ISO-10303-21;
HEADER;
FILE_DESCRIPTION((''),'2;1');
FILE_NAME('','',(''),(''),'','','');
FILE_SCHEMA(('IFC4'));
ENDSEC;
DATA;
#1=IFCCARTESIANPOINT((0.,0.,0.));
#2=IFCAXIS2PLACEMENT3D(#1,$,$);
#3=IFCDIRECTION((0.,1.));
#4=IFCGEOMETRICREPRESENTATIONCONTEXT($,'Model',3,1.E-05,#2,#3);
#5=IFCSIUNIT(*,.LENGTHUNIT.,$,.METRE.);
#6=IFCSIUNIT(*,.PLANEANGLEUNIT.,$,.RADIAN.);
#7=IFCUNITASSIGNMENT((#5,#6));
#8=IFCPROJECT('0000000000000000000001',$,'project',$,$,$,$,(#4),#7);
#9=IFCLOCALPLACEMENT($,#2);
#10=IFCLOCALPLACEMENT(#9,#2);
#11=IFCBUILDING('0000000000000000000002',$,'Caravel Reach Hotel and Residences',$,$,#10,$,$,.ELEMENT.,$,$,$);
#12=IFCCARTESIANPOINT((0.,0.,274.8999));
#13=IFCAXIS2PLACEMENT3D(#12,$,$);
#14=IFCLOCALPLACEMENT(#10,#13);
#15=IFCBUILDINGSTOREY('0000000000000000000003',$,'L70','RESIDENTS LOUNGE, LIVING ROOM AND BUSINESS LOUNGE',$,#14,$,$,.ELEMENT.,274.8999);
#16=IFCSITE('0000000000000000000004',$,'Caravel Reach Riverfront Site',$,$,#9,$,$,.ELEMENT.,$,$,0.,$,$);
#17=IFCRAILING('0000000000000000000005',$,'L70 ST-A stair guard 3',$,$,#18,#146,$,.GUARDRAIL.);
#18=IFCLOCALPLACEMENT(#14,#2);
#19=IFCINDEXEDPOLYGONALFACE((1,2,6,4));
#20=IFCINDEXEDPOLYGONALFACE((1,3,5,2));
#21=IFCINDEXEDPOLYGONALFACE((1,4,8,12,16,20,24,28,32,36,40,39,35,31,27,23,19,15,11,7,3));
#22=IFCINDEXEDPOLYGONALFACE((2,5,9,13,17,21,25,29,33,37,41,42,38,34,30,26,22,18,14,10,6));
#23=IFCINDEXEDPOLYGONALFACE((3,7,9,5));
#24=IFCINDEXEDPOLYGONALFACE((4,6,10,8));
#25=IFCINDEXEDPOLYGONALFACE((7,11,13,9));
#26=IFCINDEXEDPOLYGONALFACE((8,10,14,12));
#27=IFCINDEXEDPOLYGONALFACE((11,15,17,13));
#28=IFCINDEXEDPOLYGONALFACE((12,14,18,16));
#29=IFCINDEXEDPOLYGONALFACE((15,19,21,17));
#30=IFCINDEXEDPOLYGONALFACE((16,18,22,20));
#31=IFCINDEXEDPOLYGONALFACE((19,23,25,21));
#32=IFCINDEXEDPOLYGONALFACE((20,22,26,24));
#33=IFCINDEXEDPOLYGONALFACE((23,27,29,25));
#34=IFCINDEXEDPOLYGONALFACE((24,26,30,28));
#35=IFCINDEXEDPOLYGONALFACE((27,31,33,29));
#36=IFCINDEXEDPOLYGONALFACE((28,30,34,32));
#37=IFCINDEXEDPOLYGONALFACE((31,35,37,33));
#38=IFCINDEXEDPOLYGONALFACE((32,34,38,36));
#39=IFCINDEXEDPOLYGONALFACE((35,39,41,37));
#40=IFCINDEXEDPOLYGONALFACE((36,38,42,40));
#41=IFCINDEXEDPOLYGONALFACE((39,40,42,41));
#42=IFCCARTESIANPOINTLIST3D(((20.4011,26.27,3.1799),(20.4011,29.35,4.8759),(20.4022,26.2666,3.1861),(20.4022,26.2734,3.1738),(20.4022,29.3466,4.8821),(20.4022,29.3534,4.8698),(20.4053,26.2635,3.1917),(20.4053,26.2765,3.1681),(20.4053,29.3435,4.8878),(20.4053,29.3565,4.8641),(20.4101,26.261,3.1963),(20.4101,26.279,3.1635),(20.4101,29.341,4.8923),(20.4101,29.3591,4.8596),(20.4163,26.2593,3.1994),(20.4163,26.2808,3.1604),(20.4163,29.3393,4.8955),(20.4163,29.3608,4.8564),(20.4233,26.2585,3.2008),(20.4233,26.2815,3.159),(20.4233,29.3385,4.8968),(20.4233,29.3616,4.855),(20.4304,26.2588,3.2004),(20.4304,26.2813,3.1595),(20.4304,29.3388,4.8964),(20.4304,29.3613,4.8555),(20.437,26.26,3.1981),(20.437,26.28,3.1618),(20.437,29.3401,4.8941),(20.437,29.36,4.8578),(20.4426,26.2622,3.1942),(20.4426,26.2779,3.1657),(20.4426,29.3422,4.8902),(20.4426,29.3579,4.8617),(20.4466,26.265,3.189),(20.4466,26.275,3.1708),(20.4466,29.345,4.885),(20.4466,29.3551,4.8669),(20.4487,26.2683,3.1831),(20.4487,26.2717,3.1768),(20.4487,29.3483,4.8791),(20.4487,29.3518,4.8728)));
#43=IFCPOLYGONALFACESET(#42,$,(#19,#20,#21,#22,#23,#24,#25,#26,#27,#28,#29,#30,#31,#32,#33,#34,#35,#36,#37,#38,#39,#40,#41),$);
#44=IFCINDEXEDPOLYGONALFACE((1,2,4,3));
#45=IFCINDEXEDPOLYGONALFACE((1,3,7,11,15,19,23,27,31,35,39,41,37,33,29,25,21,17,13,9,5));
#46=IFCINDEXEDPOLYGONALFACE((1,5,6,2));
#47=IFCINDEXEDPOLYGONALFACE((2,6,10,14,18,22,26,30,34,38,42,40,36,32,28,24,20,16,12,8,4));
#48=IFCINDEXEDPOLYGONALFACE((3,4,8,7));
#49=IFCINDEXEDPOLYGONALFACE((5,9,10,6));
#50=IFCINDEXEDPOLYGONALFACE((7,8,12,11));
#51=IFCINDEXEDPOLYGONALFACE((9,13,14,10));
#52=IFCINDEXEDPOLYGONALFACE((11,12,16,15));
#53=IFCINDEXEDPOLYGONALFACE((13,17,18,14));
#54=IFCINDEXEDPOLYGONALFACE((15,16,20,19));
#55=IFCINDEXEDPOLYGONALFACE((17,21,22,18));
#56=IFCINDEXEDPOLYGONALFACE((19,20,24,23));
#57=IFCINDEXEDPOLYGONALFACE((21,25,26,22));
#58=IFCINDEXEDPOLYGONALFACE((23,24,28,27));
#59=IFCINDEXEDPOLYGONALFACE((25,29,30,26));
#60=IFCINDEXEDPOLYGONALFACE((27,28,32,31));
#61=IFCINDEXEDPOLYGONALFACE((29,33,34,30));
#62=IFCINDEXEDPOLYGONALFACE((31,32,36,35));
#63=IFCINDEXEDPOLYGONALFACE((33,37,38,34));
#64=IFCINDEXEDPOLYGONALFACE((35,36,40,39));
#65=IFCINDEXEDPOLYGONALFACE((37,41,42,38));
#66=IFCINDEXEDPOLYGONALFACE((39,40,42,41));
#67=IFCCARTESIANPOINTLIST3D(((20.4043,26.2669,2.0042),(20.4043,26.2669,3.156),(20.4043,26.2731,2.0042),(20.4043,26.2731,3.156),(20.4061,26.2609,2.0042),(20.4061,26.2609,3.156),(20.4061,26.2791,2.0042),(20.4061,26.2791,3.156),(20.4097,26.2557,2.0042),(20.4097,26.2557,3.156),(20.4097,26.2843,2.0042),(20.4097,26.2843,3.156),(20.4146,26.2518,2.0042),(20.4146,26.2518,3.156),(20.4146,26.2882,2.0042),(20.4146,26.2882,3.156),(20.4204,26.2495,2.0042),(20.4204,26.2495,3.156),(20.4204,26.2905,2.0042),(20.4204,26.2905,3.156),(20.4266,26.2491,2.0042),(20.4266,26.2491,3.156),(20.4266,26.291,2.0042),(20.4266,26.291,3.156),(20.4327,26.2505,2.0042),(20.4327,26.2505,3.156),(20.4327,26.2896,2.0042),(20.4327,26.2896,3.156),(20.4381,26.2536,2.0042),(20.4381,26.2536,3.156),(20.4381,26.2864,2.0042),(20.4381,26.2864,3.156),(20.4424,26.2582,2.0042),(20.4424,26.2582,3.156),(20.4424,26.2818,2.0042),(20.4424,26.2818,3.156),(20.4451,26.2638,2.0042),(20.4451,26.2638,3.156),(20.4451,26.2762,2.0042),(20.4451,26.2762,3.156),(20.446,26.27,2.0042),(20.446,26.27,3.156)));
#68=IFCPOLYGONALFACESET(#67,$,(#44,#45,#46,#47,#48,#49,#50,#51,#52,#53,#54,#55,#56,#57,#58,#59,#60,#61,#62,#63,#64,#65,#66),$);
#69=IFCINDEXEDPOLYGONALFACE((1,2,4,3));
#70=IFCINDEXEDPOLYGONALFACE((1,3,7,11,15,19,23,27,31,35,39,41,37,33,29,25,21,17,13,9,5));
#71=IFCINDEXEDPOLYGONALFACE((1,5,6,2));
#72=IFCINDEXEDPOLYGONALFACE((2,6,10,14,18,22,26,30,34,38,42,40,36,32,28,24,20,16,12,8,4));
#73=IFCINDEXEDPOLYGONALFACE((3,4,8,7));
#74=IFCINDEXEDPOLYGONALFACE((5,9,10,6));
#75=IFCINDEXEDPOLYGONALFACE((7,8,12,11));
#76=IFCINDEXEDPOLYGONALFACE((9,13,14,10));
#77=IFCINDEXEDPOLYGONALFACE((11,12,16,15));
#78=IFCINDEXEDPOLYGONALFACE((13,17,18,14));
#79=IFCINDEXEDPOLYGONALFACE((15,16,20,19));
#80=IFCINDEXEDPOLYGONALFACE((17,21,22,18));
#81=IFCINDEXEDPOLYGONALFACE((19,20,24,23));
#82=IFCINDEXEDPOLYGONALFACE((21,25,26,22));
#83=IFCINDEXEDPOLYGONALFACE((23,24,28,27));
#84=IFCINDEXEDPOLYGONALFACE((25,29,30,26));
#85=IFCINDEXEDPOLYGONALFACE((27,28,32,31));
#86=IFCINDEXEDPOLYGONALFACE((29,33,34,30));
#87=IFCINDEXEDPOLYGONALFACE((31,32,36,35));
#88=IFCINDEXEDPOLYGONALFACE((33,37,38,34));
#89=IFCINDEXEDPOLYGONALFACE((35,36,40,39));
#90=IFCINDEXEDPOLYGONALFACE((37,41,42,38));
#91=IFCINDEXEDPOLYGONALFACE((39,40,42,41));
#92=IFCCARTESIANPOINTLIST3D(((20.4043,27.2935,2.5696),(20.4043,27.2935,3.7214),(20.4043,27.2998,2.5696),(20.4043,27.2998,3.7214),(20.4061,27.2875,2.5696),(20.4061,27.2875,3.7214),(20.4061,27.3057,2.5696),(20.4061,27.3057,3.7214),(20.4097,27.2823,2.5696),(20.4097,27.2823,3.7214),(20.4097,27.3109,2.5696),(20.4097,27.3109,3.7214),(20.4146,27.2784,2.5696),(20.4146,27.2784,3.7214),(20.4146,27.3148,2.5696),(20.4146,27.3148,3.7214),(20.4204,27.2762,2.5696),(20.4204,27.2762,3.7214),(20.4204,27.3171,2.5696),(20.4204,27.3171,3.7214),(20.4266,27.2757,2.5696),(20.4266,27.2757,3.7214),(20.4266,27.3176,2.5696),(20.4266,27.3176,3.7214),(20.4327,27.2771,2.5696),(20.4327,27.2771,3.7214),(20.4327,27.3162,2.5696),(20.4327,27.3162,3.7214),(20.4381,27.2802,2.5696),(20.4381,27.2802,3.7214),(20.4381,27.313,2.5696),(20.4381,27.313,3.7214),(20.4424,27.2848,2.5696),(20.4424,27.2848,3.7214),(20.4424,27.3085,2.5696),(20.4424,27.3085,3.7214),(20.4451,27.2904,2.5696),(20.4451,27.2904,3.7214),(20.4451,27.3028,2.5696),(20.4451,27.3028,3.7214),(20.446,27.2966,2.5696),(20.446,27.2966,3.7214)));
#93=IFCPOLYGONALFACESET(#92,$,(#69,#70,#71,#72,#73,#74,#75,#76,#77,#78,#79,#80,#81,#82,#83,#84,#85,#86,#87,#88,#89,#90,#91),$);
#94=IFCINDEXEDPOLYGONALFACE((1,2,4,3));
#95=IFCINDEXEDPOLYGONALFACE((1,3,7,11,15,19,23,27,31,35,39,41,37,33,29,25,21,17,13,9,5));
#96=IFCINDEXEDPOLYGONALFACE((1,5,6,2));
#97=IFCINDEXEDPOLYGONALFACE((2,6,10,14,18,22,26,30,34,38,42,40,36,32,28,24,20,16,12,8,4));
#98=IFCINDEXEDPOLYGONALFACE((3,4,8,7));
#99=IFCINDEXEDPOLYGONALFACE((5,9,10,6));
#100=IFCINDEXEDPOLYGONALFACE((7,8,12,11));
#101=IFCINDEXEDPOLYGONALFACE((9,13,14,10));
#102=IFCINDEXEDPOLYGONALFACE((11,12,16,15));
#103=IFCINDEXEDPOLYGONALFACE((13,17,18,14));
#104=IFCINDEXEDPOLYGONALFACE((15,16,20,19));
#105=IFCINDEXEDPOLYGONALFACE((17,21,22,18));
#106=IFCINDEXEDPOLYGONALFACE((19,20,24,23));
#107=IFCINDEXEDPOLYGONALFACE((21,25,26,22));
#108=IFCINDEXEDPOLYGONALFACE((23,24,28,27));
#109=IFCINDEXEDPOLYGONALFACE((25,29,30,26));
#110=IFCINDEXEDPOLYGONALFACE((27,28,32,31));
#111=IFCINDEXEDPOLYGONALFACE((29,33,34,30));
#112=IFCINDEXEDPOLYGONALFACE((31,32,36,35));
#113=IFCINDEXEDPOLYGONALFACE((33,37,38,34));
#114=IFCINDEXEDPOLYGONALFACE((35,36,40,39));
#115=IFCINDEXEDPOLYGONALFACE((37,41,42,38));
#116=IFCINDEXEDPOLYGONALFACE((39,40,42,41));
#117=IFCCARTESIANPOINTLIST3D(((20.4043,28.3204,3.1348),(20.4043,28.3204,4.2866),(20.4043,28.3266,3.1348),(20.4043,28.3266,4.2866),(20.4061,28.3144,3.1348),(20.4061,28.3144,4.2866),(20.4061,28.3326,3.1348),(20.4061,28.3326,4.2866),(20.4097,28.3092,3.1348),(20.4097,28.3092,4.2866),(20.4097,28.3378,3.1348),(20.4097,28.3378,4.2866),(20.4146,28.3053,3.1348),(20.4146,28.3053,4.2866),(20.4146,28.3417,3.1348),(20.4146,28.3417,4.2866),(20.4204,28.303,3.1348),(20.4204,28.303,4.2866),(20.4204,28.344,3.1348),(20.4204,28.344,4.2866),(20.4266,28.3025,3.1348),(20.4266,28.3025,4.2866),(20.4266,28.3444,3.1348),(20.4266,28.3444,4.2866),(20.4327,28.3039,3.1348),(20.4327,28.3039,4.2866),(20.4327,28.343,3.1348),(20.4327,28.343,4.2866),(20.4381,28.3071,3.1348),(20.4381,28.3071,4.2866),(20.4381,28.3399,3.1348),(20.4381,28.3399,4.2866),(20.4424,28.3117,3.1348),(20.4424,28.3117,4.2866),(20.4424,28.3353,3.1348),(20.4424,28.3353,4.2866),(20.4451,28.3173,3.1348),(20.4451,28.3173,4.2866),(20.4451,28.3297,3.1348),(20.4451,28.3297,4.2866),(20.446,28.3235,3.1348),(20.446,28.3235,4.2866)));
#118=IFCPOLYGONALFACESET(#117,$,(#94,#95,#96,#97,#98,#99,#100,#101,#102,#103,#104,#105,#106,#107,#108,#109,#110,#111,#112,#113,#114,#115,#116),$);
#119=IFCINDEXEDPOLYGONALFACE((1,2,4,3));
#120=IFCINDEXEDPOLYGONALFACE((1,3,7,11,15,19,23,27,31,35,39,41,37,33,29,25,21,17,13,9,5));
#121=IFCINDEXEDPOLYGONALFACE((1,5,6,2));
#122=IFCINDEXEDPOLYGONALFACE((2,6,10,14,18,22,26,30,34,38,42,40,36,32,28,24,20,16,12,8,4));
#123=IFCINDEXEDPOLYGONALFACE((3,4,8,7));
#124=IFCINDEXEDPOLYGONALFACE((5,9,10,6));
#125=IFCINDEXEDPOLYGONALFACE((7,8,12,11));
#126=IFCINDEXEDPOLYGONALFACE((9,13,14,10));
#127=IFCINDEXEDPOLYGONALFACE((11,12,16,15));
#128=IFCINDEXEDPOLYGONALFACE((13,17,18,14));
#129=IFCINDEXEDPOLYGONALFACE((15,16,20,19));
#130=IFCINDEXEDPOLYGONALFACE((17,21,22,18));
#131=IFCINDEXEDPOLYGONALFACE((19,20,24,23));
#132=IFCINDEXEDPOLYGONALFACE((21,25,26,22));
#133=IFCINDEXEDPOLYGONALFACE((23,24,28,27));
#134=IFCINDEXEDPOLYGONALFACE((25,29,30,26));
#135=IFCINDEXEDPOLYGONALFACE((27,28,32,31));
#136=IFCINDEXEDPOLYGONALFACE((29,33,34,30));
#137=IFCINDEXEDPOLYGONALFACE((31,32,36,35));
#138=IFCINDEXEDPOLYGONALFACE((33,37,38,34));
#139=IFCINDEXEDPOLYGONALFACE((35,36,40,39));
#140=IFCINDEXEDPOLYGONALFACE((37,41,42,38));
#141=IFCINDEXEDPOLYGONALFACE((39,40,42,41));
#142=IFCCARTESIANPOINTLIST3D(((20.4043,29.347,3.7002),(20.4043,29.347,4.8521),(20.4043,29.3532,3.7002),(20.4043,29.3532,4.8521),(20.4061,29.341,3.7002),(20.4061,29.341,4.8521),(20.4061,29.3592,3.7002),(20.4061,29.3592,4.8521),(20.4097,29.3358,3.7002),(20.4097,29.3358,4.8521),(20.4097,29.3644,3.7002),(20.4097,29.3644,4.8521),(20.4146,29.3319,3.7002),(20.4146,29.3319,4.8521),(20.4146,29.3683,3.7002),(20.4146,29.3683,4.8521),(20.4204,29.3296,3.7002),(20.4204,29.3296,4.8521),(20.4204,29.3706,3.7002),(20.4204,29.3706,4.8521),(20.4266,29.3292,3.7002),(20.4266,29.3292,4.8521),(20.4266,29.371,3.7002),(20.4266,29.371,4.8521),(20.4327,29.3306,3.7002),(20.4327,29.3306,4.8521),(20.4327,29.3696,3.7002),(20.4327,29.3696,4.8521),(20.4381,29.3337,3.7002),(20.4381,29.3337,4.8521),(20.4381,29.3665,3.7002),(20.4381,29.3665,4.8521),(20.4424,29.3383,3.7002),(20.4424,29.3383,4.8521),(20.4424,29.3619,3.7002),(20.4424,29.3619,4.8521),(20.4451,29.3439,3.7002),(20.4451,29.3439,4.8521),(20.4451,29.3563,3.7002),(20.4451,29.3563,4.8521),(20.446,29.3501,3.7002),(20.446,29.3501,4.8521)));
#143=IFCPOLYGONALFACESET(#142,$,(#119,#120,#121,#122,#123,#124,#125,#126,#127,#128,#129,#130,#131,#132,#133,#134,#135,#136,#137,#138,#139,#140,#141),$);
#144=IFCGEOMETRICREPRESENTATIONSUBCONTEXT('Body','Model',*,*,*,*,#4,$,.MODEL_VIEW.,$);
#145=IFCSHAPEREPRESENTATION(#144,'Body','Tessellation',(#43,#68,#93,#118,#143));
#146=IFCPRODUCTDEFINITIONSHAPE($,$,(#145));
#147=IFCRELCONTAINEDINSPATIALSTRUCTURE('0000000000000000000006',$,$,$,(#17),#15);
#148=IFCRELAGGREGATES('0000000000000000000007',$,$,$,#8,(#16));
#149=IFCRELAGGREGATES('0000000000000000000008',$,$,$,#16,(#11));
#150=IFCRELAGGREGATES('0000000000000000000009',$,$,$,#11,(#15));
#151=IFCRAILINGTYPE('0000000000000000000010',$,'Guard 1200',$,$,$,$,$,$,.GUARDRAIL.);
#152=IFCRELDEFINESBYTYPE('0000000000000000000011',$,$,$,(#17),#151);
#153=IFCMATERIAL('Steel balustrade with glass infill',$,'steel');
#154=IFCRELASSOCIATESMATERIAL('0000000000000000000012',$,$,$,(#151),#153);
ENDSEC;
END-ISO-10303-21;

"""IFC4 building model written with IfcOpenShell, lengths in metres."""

from ifc_helpers import new_model, si_unit, direction, frame, origin, origin_2d, place, context, subcontext, project, spatial, circle, extrude, material, type_object, element, save


model = new_model("IFC4")

# Units and contexts
model_context = context("Model", 3, precision=1e-05, world=origin(), true_north=direction((0.0, 1.0)))
body_context = subcontext(model_context, "Body", "Model", "MODEL_VIEW")
ifc_project = project(units=[si_unit("LENGTHUNIT", "METRE"), si_unit("PLANEANGLEUNIT", "RADIAN")], contexts=[model_context])

# Site, building, storey
site_placement = place(None, origin())
site = spatial("IfcSite", under=ifc_project, at=site_placement, Name="Caravel Reach Riverfront Site", CompositionType="ELEMENT", RefElevation=0.0)
building_placement = place(site_placement, origin())
building = spatial("IfcBuilding", under=site, at=building_placement, Name="Caravel Reach Hotel and Residences", CompositionType="ELEMENT")
storey_placement = place(building_placement, frame((0.0, 0.0, 274.8999)))
storey = spatial("IfcBuildingStorey", under=building, at=storey_placement, Name="L70", Description="RESIDENTS LOUNGE, LIVING ROOM AND BUSINESS LOUNGE", CompositionType="ELEMENT", Elevation=274.8999)

# Railing
ifc_material_1 = material(Name="Steel balustrade with glass infill", Category="steel")
railing_type_1 = type_object("IfcRailingType", Name="Guard 1200", PredefinedType="GUARDRAIL", material=ifc_material_1)
railing_1_placement = place(storey_placement, frame((20.425, 26.27, 2.0042)))
element("IfcRailing", 1, at=railing_1_placement, inside=storey, type_object=railing_type_1, Name="L70 ST-A stair guard 3", PredefinedType="GUARDRAIL", context=body_context, shape_type="SweptSolid", body=[
    extrude(circle(Radius=0.0239, at=origin_2d()), frame((0.0, 0.0, 1.1758), z_axis=(0.0, 0.875975, 0.482356), x_axis=(-1.0, 0.0, 0.0)), (0.0, 0.0, 1.0), 3.5161),
    extrude(circle(Radius=0.021, at=origin_2d()), origin(), (0.0, 0.0, 1.0), 1.1519),
    extrude(circle(Radius=0.021, at=origin_2d()), frame((0.0, 1.0266, 0.5654)), (0.0, 0.0, 1.0), 1.1519),
    extrude(circle(Radius=0.021, at=origin_2d()), frame((0.0, 2.0535, 1.1306)), (0.0, 0.0, 1.0), 1.1519),
    extrude(circle(Radius=0.021, at=origin_2d()), frame((0.0, 3.0801, 1.696)), (0.0, 0.0, 1.0), 1.1519),
])

save(model, "model.ifc")
